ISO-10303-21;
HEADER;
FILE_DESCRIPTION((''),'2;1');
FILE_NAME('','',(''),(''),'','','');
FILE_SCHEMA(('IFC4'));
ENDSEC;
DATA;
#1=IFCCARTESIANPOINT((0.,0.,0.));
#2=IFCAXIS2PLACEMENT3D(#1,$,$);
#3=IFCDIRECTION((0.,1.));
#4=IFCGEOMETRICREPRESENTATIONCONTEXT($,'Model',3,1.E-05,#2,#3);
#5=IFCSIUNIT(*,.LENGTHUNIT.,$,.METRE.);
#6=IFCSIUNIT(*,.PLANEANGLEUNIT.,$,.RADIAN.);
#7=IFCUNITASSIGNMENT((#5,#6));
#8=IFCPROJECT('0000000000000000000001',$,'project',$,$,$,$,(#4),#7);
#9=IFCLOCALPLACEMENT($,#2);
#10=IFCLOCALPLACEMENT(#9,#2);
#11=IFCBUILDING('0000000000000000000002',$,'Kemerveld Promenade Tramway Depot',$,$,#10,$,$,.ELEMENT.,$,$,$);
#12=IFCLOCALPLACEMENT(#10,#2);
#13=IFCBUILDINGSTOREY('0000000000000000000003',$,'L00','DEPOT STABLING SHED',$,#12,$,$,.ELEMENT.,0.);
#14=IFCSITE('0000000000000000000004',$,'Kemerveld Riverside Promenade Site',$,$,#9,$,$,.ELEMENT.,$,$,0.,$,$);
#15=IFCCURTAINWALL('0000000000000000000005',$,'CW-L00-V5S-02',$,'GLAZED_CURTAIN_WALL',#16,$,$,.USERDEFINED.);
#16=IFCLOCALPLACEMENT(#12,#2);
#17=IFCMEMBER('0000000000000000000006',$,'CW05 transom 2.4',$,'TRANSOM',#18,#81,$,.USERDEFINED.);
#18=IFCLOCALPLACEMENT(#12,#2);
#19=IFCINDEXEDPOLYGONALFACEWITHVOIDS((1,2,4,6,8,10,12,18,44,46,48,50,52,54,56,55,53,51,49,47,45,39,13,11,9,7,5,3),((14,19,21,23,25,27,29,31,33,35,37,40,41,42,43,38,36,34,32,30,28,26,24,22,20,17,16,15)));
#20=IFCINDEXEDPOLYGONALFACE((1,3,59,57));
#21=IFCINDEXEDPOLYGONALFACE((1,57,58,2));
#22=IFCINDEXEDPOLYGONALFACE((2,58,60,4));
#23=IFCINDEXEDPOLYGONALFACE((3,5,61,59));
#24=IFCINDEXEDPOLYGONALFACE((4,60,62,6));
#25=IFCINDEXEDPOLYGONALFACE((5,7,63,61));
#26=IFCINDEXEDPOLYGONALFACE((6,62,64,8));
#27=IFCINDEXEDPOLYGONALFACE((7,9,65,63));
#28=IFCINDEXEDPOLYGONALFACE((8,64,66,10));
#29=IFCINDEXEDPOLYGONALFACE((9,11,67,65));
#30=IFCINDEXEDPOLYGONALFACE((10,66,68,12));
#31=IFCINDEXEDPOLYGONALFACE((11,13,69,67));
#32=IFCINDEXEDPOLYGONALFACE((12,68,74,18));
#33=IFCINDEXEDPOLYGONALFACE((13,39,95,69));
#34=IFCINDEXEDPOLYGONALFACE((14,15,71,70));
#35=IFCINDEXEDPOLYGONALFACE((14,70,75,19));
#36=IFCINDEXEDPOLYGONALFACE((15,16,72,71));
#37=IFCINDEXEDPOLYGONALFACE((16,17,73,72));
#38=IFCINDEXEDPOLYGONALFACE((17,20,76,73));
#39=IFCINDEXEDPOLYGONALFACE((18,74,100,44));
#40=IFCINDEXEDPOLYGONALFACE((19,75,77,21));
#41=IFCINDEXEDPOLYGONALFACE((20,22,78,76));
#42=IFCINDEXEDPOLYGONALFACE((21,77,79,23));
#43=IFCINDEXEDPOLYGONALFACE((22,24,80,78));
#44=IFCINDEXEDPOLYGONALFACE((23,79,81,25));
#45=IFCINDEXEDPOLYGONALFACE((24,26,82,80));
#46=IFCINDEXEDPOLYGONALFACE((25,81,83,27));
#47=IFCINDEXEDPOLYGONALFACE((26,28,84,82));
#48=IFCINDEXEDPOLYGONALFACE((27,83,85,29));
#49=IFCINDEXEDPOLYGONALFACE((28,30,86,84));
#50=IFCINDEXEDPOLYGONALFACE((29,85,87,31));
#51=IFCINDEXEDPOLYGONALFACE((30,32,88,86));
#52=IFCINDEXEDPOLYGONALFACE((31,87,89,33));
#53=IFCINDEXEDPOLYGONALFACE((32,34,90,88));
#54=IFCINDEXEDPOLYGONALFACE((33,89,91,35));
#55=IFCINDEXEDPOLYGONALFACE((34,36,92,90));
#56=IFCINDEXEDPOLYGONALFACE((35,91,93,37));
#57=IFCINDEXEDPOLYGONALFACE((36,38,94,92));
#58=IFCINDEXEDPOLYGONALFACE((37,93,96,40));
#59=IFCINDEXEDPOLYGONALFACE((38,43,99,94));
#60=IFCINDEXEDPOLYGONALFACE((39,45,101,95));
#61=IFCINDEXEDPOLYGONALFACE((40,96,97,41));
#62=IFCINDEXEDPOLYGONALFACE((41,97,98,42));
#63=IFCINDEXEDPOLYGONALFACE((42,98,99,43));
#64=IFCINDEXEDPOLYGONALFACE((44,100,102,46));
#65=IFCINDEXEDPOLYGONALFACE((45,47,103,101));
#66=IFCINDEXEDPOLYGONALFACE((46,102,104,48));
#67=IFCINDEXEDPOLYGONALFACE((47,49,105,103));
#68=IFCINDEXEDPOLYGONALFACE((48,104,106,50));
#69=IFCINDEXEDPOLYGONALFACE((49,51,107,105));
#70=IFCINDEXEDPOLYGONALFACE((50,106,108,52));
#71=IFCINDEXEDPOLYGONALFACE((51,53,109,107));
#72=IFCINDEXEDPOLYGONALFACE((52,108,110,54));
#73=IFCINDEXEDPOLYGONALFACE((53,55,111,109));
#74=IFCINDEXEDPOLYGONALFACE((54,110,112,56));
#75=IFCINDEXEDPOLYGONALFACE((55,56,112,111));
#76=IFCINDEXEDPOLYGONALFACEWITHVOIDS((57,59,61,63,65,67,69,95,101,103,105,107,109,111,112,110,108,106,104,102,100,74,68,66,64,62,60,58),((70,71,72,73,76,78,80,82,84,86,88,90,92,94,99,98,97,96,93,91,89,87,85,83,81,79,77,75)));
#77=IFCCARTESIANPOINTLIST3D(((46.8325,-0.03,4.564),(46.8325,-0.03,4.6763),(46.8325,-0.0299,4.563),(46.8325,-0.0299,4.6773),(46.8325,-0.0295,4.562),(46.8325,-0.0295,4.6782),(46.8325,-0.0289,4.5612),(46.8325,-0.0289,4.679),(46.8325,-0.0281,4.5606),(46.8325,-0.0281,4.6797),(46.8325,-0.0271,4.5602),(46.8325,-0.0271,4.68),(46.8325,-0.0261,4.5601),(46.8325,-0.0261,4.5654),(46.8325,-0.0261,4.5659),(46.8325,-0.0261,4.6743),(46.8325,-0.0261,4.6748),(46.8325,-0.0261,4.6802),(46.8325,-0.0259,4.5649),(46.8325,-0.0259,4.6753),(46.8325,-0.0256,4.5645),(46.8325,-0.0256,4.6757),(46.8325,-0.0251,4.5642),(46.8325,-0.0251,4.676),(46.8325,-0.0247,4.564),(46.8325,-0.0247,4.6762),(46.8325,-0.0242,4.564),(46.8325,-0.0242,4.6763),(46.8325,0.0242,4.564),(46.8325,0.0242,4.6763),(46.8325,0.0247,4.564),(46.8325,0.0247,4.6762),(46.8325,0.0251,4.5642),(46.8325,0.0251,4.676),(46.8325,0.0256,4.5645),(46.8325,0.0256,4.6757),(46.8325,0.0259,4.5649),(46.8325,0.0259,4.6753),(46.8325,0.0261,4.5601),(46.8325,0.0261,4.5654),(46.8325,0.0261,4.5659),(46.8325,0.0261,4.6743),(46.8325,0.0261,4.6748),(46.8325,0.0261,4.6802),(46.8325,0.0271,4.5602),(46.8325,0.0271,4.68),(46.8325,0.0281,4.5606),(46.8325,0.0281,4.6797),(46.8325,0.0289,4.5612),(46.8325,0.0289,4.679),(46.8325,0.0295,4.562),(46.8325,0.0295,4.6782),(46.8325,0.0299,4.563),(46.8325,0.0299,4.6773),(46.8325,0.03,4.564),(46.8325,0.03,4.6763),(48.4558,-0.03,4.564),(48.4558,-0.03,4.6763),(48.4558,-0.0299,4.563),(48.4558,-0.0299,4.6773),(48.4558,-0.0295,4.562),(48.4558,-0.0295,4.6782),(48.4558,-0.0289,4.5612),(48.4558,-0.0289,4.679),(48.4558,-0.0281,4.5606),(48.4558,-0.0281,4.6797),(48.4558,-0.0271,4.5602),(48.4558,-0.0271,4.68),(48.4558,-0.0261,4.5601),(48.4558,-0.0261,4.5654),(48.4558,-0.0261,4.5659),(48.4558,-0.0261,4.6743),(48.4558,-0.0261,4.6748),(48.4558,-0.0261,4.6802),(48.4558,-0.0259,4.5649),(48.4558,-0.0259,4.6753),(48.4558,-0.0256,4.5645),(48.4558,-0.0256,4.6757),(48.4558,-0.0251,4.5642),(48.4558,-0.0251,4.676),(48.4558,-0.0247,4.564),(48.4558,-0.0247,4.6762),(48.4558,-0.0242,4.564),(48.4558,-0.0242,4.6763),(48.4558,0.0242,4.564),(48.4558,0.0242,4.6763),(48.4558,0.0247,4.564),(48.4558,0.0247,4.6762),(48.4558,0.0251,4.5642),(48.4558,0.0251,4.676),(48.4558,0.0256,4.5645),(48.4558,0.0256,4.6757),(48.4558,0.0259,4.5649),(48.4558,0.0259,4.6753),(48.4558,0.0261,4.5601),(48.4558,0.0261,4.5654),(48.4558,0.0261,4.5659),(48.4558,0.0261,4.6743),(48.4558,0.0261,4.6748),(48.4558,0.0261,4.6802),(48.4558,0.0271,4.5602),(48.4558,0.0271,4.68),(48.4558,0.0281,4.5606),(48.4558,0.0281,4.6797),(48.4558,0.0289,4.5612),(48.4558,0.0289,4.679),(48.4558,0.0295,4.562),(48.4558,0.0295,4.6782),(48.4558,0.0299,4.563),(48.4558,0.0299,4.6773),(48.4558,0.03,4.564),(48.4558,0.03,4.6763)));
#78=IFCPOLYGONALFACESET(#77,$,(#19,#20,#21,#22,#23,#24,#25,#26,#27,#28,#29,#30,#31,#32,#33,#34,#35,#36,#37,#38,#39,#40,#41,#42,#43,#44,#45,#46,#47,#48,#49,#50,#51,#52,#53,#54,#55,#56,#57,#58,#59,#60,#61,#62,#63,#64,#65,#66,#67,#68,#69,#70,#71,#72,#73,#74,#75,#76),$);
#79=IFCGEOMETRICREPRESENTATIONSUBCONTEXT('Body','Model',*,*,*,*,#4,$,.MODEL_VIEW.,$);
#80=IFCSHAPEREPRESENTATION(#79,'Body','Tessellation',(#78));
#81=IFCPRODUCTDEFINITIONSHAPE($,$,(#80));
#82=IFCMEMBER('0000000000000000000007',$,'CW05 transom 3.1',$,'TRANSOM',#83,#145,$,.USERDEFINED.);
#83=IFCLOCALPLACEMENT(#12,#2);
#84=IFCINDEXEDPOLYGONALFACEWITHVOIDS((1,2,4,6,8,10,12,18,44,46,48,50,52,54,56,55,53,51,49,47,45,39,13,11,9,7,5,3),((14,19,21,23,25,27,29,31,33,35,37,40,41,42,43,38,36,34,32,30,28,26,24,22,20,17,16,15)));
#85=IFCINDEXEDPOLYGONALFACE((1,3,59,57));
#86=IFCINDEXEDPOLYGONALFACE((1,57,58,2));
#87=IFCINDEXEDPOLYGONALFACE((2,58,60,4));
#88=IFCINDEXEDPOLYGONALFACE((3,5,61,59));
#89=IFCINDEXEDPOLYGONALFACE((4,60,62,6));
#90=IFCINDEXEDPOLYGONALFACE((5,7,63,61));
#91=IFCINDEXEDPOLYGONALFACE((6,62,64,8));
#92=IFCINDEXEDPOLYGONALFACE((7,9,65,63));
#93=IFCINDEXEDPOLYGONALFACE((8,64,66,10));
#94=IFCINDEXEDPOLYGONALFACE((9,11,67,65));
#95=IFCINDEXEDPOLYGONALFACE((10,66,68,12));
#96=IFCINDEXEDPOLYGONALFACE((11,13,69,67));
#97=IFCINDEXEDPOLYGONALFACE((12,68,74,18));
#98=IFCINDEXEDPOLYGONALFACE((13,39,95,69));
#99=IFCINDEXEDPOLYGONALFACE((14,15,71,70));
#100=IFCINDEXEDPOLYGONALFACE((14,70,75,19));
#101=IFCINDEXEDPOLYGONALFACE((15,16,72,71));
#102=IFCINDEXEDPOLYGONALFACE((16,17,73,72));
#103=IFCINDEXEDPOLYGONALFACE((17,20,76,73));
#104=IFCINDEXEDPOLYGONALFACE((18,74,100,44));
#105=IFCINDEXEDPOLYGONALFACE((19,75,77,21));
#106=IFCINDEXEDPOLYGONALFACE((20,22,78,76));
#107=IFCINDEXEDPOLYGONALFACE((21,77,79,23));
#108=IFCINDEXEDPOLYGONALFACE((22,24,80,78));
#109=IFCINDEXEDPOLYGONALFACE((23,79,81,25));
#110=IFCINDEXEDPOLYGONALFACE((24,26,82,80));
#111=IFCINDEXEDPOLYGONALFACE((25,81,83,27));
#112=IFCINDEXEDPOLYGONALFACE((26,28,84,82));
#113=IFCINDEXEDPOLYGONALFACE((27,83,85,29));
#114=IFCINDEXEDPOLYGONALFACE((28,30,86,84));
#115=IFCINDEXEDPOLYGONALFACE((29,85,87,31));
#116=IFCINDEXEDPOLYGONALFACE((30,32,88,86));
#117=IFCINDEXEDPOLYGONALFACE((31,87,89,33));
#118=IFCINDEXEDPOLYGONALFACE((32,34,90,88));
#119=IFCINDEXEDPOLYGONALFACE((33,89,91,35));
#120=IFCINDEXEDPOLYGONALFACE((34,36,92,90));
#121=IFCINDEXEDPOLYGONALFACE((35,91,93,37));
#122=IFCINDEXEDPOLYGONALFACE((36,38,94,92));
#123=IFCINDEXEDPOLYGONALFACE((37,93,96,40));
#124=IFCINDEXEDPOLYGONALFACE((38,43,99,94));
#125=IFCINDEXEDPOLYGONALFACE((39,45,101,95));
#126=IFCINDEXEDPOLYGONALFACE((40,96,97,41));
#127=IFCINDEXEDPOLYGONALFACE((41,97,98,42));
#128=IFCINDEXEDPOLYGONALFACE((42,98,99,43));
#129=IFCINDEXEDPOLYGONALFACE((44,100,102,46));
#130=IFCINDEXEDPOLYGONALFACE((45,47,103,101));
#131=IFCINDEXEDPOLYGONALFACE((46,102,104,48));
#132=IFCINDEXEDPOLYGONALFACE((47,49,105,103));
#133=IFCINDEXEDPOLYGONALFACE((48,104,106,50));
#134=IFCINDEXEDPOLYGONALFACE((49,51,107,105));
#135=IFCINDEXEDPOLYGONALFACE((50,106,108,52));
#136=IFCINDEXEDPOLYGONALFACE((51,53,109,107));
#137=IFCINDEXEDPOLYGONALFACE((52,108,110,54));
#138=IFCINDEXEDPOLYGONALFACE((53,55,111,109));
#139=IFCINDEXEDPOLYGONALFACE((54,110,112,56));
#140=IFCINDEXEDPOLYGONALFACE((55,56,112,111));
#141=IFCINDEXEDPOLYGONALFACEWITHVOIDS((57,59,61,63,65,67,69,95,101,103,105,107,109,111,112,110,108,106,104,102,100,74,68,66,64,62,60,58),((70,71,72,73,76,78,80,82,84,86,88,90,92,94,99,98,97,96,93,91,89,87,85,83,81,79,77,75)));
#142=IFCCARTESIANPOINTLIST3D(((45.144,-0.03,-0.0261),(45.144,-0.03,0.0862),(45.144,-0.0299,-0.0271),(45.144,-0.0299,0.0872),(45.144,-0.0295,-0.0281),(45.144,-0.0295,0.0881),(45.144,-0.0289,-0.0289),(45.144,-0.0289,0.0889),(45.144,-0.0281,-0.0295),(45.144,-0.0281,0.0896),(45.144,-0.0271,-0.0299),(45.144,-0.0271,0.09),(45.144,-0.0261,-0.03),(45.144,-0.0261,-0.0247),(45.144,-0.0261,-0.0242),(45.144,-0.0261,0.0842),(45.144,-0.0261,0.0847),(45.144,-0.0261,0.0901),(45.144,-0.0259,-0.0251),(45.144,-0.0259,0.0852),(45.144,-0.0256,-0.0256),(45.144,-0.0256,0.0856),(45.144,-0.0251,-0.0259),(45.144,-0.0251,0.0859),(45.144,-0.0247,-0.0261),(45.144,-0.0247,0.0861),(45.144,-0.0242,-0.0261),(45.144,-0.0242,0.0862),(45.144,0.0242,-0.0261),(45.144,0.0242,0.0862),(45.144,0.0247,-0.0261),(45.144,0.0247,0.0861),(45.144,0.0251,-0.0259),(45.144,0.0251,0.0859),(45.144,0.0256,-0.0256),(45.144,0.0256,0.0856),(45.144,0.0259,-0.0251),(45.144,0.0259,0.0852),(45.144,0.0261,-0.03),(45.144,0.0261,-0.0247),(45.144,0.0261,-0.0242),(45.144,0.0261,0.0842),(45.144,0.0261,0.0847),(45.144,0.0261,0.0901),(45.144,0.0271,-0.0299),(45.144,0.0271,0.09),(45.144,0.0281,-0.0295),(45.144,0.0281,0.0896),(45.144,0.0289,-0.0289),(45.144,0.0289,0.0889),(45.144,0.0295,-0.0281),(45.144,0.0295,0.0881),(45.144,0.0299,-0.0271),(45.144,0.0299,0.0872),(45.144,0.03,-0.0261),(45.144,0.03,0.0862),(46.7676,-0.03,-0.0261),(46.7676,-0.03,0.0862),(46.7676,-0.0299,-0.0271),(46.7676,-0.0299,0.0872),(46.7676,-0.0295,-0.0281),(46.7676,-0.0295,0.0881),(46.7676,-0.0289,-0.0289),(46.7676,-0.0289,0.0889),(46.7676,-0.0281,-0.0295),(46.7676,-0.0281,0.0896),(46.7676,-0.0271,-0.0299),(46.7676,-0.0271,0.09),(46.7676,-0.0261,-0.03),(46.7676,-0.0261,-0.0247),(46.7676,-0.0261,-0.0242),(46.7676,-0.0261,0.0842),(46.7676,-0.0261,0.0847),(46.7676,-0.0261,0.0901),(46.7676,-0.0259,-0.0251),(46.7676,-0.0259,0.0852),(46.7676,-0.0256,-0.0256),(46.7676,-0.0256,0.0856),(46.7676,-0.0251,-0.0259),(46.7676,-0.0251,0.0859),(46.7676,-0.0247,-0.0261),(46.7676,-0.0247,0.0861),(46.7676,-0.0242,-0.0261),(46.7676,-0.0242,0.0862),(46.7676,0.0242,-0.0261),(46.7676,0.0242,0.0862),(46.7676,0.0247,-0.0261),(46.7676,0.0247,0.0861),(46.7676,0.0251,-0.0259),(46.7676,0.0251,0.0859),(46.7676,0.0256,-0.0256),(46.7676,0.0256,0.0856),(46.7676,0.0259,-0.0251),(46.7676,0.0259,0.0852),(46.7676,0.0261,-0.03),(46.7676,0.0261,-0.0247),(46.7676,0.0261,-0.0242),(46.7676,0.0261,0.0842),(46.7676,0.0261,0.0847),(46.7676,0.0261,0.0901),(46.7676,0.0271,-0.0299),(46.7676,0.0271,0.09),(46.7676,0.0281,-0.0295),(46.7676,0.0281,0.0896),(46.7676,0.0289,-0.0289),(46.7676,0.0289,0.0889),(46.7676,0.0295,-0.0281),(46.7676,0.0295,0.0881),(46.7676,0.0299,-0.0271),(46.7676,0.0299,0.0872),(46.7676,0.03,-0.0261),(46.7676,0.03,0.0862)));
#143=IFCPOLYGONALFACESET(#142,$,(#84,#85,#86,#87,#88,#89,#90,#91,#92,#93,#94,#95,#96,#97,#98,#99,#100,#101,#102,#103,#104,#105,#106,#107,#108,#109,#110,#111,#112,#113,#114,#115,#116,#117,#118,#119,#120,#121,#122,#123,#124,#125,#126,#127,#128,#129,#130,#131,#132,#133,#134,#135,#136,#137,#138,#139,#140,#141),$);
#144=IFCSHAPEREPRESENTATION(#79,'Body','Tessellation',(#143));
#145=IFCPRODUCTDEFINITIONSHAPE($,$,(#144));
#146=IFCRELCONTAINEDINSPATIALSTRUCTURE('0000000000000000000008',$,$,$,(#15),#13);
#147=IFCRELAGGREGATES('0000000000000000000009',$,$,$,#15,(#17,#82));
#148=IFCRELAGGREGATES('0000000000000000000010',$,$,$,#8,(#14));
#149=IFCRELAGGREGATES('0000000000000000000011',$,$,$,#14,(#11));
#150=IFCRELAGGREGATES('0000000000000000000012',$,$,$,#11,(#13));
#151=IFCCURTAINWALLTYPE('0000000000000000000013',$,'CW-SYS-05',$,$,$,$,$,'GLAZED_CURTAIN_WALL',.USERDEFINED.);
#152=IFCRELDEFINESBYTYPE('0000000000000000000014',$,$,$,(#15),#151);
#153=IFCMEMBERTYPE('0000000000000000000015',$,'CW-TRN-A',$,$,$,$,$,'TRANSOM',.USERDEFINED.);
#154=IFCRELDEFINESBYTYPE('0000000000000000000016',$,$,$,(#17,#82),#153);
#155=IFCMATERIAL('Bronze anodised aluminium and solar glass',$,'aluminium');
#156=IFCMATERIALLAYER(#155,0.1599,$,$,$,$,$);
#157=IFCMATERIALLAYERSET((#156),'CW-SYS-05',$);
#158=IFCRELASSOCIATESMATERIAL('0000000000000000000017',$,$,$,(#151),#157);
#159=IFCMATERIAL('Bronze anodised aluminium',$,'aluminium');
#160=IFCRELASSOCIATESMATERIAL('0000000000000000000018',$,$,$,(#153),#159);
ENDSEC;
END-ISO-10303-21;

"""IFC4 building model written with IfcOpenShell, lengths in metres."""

from ifc_helpers import new_model, si_unit, direction, frame, origin, origin_2d, place, context, subcontext, project, spatial, hollow_rectangle, extrude, material, layer, layer_set, material_profile, profile_set, type_object, element, aggregate, save


model = new_model("IFC4")

# Units and contexts
model_context = context("Model", 3, precision=1e-05, world=origin(), true_north=direction((0.0, 1.0)))
body_context = subcontext(model_context, "Body", "Model", "MODEL_VIEW")
ifc_project = project(units=[si_unit("LENGTHUNIT", "METRE"), si_unit("PLANEANGLEUNIT", "RADIAN")], contexts=[model_context])

# Site, building, storey
site_placement = place(None, origin())
site = spatial("IfcSite", under=ifc_project, at=site_placement, Name="Kemerveld Riverside Promenade Site", CompositionType="ELEMENT", RefElevation=0.0)
building_placement = place(site_placement, origin())
building = spatial("IfcBuilding", under=site, at=building_placement, Name="Kemerveld Promenade Tramway Depot", CompositionType="ELEMENT")
storey_placement = place(building_placement, origin())
storey = spatial("IfcBuildingStorey", under=building, at=storey_placement, Name="L00", Description="DEPOT STABLING SHED", CompositionType="ELEMENT", Elevation=0.0)

# Curtain wall, members
ifc_material_1 = material(Name="Bronze anodised aluminium and solar glass", Category="aluminium")
ifc_layer_1 = layer(ifc_material_1, 0.1599)
ifc_layer_set_1 = layer_set([ifc_layer_1], Name="CW-SYS-05")
curtain_wall_type = type_object("IfcCurtainWallType", Name="CW-SYS-05", ElementType="GLAZED_CURTAIN_WALL", PredefinedType="USERDEFINED", material=ifc_layer_set_1)
curtain_wall_placement = place(storey_placement, origin())
curtain_wall = element("IfcCurtainWall", 1, at=curtain_wall_placement, inside=storey, type_object=curtain_wall_type, Name="CW-L00-V5S-02", ObjectType="GLAZED_CURTAIN_WALL", PredefinedType="USERDEFINED")
ifc_material_2 = material(Name="Bronze anodised aluminium", Category="aluminium")
ifc_material_profile_1 = material_profile(ifc_material_2, hollow_rectangle(XDim=0.0601, YDim=0.1201, WallThickness=0.0039, InnerFilletRadius=0.002, OuterFilletRadius=0.0039, at=origin_2d()), Name="CW-TRN-120x60")
ifc_profile_set_1 = profile_set([ifc_material_profile_1], Name="Bronze anodised aluminium")
member_type_1 = type_object("IfcMemberType", Name="CW-TRN-A", ElementType="TRANSOM", PredefinedType="USERDEFINED", material=ifc_profile_set_1)
member_1_placement = place(storey_placement, frame((48.4558, 0.0, 4.6201), z_axis=(-1.0, 0.0, 0.0), x_axis=(0.0, -1.0, 0.0)))
member_1 = element("IfcMember", 2, at=member_1_placement, type_object=member_type_1, Name="CW05 transom 2.4", ObjectType="TRANSOM", PredefinedType="USERDEFINED", context=body_context, shape_type="SweptSolid", body=[
    extrude(hollow_rectangle(XDim=0.0601, YDim=0.1201, WallThickness=0.0039, InnerFilletRadius=0.002, OuterFilletRadius=0.0039, at=origin_2d()), origin(), (0.0, 0.0, 1.0), 1.6233),
])
member_2_placement = place(storey_placement, frame((46.7676, 0.0, 0.03), z_axis=(-1.0, 0.0, 0.0), x_axis=(0.0, -1.0, 0.0)))
member_2 = element("IfcMember", 3, at=member_2_placement, type_object=member_type_1, Name="CW05 transom 3.1", ObjectType="TRANSOM", PredefinedType="USERDEFINED", context=body_context, shape_type="SweptSolid", body=[
    extrude(hollow_rectangle(XDim=0.0601, YDim=0.1201, WallThickness=0.0039, InnerFilletRadius=0.002, OuterFilletRadius=0.0039, at=origin_2d()), origin(), (0.0, 0.0, 1.0), 1.6235),
])
aggregate(curtain_wall, [member_1, member_2])

save(model, "model.ifc")
